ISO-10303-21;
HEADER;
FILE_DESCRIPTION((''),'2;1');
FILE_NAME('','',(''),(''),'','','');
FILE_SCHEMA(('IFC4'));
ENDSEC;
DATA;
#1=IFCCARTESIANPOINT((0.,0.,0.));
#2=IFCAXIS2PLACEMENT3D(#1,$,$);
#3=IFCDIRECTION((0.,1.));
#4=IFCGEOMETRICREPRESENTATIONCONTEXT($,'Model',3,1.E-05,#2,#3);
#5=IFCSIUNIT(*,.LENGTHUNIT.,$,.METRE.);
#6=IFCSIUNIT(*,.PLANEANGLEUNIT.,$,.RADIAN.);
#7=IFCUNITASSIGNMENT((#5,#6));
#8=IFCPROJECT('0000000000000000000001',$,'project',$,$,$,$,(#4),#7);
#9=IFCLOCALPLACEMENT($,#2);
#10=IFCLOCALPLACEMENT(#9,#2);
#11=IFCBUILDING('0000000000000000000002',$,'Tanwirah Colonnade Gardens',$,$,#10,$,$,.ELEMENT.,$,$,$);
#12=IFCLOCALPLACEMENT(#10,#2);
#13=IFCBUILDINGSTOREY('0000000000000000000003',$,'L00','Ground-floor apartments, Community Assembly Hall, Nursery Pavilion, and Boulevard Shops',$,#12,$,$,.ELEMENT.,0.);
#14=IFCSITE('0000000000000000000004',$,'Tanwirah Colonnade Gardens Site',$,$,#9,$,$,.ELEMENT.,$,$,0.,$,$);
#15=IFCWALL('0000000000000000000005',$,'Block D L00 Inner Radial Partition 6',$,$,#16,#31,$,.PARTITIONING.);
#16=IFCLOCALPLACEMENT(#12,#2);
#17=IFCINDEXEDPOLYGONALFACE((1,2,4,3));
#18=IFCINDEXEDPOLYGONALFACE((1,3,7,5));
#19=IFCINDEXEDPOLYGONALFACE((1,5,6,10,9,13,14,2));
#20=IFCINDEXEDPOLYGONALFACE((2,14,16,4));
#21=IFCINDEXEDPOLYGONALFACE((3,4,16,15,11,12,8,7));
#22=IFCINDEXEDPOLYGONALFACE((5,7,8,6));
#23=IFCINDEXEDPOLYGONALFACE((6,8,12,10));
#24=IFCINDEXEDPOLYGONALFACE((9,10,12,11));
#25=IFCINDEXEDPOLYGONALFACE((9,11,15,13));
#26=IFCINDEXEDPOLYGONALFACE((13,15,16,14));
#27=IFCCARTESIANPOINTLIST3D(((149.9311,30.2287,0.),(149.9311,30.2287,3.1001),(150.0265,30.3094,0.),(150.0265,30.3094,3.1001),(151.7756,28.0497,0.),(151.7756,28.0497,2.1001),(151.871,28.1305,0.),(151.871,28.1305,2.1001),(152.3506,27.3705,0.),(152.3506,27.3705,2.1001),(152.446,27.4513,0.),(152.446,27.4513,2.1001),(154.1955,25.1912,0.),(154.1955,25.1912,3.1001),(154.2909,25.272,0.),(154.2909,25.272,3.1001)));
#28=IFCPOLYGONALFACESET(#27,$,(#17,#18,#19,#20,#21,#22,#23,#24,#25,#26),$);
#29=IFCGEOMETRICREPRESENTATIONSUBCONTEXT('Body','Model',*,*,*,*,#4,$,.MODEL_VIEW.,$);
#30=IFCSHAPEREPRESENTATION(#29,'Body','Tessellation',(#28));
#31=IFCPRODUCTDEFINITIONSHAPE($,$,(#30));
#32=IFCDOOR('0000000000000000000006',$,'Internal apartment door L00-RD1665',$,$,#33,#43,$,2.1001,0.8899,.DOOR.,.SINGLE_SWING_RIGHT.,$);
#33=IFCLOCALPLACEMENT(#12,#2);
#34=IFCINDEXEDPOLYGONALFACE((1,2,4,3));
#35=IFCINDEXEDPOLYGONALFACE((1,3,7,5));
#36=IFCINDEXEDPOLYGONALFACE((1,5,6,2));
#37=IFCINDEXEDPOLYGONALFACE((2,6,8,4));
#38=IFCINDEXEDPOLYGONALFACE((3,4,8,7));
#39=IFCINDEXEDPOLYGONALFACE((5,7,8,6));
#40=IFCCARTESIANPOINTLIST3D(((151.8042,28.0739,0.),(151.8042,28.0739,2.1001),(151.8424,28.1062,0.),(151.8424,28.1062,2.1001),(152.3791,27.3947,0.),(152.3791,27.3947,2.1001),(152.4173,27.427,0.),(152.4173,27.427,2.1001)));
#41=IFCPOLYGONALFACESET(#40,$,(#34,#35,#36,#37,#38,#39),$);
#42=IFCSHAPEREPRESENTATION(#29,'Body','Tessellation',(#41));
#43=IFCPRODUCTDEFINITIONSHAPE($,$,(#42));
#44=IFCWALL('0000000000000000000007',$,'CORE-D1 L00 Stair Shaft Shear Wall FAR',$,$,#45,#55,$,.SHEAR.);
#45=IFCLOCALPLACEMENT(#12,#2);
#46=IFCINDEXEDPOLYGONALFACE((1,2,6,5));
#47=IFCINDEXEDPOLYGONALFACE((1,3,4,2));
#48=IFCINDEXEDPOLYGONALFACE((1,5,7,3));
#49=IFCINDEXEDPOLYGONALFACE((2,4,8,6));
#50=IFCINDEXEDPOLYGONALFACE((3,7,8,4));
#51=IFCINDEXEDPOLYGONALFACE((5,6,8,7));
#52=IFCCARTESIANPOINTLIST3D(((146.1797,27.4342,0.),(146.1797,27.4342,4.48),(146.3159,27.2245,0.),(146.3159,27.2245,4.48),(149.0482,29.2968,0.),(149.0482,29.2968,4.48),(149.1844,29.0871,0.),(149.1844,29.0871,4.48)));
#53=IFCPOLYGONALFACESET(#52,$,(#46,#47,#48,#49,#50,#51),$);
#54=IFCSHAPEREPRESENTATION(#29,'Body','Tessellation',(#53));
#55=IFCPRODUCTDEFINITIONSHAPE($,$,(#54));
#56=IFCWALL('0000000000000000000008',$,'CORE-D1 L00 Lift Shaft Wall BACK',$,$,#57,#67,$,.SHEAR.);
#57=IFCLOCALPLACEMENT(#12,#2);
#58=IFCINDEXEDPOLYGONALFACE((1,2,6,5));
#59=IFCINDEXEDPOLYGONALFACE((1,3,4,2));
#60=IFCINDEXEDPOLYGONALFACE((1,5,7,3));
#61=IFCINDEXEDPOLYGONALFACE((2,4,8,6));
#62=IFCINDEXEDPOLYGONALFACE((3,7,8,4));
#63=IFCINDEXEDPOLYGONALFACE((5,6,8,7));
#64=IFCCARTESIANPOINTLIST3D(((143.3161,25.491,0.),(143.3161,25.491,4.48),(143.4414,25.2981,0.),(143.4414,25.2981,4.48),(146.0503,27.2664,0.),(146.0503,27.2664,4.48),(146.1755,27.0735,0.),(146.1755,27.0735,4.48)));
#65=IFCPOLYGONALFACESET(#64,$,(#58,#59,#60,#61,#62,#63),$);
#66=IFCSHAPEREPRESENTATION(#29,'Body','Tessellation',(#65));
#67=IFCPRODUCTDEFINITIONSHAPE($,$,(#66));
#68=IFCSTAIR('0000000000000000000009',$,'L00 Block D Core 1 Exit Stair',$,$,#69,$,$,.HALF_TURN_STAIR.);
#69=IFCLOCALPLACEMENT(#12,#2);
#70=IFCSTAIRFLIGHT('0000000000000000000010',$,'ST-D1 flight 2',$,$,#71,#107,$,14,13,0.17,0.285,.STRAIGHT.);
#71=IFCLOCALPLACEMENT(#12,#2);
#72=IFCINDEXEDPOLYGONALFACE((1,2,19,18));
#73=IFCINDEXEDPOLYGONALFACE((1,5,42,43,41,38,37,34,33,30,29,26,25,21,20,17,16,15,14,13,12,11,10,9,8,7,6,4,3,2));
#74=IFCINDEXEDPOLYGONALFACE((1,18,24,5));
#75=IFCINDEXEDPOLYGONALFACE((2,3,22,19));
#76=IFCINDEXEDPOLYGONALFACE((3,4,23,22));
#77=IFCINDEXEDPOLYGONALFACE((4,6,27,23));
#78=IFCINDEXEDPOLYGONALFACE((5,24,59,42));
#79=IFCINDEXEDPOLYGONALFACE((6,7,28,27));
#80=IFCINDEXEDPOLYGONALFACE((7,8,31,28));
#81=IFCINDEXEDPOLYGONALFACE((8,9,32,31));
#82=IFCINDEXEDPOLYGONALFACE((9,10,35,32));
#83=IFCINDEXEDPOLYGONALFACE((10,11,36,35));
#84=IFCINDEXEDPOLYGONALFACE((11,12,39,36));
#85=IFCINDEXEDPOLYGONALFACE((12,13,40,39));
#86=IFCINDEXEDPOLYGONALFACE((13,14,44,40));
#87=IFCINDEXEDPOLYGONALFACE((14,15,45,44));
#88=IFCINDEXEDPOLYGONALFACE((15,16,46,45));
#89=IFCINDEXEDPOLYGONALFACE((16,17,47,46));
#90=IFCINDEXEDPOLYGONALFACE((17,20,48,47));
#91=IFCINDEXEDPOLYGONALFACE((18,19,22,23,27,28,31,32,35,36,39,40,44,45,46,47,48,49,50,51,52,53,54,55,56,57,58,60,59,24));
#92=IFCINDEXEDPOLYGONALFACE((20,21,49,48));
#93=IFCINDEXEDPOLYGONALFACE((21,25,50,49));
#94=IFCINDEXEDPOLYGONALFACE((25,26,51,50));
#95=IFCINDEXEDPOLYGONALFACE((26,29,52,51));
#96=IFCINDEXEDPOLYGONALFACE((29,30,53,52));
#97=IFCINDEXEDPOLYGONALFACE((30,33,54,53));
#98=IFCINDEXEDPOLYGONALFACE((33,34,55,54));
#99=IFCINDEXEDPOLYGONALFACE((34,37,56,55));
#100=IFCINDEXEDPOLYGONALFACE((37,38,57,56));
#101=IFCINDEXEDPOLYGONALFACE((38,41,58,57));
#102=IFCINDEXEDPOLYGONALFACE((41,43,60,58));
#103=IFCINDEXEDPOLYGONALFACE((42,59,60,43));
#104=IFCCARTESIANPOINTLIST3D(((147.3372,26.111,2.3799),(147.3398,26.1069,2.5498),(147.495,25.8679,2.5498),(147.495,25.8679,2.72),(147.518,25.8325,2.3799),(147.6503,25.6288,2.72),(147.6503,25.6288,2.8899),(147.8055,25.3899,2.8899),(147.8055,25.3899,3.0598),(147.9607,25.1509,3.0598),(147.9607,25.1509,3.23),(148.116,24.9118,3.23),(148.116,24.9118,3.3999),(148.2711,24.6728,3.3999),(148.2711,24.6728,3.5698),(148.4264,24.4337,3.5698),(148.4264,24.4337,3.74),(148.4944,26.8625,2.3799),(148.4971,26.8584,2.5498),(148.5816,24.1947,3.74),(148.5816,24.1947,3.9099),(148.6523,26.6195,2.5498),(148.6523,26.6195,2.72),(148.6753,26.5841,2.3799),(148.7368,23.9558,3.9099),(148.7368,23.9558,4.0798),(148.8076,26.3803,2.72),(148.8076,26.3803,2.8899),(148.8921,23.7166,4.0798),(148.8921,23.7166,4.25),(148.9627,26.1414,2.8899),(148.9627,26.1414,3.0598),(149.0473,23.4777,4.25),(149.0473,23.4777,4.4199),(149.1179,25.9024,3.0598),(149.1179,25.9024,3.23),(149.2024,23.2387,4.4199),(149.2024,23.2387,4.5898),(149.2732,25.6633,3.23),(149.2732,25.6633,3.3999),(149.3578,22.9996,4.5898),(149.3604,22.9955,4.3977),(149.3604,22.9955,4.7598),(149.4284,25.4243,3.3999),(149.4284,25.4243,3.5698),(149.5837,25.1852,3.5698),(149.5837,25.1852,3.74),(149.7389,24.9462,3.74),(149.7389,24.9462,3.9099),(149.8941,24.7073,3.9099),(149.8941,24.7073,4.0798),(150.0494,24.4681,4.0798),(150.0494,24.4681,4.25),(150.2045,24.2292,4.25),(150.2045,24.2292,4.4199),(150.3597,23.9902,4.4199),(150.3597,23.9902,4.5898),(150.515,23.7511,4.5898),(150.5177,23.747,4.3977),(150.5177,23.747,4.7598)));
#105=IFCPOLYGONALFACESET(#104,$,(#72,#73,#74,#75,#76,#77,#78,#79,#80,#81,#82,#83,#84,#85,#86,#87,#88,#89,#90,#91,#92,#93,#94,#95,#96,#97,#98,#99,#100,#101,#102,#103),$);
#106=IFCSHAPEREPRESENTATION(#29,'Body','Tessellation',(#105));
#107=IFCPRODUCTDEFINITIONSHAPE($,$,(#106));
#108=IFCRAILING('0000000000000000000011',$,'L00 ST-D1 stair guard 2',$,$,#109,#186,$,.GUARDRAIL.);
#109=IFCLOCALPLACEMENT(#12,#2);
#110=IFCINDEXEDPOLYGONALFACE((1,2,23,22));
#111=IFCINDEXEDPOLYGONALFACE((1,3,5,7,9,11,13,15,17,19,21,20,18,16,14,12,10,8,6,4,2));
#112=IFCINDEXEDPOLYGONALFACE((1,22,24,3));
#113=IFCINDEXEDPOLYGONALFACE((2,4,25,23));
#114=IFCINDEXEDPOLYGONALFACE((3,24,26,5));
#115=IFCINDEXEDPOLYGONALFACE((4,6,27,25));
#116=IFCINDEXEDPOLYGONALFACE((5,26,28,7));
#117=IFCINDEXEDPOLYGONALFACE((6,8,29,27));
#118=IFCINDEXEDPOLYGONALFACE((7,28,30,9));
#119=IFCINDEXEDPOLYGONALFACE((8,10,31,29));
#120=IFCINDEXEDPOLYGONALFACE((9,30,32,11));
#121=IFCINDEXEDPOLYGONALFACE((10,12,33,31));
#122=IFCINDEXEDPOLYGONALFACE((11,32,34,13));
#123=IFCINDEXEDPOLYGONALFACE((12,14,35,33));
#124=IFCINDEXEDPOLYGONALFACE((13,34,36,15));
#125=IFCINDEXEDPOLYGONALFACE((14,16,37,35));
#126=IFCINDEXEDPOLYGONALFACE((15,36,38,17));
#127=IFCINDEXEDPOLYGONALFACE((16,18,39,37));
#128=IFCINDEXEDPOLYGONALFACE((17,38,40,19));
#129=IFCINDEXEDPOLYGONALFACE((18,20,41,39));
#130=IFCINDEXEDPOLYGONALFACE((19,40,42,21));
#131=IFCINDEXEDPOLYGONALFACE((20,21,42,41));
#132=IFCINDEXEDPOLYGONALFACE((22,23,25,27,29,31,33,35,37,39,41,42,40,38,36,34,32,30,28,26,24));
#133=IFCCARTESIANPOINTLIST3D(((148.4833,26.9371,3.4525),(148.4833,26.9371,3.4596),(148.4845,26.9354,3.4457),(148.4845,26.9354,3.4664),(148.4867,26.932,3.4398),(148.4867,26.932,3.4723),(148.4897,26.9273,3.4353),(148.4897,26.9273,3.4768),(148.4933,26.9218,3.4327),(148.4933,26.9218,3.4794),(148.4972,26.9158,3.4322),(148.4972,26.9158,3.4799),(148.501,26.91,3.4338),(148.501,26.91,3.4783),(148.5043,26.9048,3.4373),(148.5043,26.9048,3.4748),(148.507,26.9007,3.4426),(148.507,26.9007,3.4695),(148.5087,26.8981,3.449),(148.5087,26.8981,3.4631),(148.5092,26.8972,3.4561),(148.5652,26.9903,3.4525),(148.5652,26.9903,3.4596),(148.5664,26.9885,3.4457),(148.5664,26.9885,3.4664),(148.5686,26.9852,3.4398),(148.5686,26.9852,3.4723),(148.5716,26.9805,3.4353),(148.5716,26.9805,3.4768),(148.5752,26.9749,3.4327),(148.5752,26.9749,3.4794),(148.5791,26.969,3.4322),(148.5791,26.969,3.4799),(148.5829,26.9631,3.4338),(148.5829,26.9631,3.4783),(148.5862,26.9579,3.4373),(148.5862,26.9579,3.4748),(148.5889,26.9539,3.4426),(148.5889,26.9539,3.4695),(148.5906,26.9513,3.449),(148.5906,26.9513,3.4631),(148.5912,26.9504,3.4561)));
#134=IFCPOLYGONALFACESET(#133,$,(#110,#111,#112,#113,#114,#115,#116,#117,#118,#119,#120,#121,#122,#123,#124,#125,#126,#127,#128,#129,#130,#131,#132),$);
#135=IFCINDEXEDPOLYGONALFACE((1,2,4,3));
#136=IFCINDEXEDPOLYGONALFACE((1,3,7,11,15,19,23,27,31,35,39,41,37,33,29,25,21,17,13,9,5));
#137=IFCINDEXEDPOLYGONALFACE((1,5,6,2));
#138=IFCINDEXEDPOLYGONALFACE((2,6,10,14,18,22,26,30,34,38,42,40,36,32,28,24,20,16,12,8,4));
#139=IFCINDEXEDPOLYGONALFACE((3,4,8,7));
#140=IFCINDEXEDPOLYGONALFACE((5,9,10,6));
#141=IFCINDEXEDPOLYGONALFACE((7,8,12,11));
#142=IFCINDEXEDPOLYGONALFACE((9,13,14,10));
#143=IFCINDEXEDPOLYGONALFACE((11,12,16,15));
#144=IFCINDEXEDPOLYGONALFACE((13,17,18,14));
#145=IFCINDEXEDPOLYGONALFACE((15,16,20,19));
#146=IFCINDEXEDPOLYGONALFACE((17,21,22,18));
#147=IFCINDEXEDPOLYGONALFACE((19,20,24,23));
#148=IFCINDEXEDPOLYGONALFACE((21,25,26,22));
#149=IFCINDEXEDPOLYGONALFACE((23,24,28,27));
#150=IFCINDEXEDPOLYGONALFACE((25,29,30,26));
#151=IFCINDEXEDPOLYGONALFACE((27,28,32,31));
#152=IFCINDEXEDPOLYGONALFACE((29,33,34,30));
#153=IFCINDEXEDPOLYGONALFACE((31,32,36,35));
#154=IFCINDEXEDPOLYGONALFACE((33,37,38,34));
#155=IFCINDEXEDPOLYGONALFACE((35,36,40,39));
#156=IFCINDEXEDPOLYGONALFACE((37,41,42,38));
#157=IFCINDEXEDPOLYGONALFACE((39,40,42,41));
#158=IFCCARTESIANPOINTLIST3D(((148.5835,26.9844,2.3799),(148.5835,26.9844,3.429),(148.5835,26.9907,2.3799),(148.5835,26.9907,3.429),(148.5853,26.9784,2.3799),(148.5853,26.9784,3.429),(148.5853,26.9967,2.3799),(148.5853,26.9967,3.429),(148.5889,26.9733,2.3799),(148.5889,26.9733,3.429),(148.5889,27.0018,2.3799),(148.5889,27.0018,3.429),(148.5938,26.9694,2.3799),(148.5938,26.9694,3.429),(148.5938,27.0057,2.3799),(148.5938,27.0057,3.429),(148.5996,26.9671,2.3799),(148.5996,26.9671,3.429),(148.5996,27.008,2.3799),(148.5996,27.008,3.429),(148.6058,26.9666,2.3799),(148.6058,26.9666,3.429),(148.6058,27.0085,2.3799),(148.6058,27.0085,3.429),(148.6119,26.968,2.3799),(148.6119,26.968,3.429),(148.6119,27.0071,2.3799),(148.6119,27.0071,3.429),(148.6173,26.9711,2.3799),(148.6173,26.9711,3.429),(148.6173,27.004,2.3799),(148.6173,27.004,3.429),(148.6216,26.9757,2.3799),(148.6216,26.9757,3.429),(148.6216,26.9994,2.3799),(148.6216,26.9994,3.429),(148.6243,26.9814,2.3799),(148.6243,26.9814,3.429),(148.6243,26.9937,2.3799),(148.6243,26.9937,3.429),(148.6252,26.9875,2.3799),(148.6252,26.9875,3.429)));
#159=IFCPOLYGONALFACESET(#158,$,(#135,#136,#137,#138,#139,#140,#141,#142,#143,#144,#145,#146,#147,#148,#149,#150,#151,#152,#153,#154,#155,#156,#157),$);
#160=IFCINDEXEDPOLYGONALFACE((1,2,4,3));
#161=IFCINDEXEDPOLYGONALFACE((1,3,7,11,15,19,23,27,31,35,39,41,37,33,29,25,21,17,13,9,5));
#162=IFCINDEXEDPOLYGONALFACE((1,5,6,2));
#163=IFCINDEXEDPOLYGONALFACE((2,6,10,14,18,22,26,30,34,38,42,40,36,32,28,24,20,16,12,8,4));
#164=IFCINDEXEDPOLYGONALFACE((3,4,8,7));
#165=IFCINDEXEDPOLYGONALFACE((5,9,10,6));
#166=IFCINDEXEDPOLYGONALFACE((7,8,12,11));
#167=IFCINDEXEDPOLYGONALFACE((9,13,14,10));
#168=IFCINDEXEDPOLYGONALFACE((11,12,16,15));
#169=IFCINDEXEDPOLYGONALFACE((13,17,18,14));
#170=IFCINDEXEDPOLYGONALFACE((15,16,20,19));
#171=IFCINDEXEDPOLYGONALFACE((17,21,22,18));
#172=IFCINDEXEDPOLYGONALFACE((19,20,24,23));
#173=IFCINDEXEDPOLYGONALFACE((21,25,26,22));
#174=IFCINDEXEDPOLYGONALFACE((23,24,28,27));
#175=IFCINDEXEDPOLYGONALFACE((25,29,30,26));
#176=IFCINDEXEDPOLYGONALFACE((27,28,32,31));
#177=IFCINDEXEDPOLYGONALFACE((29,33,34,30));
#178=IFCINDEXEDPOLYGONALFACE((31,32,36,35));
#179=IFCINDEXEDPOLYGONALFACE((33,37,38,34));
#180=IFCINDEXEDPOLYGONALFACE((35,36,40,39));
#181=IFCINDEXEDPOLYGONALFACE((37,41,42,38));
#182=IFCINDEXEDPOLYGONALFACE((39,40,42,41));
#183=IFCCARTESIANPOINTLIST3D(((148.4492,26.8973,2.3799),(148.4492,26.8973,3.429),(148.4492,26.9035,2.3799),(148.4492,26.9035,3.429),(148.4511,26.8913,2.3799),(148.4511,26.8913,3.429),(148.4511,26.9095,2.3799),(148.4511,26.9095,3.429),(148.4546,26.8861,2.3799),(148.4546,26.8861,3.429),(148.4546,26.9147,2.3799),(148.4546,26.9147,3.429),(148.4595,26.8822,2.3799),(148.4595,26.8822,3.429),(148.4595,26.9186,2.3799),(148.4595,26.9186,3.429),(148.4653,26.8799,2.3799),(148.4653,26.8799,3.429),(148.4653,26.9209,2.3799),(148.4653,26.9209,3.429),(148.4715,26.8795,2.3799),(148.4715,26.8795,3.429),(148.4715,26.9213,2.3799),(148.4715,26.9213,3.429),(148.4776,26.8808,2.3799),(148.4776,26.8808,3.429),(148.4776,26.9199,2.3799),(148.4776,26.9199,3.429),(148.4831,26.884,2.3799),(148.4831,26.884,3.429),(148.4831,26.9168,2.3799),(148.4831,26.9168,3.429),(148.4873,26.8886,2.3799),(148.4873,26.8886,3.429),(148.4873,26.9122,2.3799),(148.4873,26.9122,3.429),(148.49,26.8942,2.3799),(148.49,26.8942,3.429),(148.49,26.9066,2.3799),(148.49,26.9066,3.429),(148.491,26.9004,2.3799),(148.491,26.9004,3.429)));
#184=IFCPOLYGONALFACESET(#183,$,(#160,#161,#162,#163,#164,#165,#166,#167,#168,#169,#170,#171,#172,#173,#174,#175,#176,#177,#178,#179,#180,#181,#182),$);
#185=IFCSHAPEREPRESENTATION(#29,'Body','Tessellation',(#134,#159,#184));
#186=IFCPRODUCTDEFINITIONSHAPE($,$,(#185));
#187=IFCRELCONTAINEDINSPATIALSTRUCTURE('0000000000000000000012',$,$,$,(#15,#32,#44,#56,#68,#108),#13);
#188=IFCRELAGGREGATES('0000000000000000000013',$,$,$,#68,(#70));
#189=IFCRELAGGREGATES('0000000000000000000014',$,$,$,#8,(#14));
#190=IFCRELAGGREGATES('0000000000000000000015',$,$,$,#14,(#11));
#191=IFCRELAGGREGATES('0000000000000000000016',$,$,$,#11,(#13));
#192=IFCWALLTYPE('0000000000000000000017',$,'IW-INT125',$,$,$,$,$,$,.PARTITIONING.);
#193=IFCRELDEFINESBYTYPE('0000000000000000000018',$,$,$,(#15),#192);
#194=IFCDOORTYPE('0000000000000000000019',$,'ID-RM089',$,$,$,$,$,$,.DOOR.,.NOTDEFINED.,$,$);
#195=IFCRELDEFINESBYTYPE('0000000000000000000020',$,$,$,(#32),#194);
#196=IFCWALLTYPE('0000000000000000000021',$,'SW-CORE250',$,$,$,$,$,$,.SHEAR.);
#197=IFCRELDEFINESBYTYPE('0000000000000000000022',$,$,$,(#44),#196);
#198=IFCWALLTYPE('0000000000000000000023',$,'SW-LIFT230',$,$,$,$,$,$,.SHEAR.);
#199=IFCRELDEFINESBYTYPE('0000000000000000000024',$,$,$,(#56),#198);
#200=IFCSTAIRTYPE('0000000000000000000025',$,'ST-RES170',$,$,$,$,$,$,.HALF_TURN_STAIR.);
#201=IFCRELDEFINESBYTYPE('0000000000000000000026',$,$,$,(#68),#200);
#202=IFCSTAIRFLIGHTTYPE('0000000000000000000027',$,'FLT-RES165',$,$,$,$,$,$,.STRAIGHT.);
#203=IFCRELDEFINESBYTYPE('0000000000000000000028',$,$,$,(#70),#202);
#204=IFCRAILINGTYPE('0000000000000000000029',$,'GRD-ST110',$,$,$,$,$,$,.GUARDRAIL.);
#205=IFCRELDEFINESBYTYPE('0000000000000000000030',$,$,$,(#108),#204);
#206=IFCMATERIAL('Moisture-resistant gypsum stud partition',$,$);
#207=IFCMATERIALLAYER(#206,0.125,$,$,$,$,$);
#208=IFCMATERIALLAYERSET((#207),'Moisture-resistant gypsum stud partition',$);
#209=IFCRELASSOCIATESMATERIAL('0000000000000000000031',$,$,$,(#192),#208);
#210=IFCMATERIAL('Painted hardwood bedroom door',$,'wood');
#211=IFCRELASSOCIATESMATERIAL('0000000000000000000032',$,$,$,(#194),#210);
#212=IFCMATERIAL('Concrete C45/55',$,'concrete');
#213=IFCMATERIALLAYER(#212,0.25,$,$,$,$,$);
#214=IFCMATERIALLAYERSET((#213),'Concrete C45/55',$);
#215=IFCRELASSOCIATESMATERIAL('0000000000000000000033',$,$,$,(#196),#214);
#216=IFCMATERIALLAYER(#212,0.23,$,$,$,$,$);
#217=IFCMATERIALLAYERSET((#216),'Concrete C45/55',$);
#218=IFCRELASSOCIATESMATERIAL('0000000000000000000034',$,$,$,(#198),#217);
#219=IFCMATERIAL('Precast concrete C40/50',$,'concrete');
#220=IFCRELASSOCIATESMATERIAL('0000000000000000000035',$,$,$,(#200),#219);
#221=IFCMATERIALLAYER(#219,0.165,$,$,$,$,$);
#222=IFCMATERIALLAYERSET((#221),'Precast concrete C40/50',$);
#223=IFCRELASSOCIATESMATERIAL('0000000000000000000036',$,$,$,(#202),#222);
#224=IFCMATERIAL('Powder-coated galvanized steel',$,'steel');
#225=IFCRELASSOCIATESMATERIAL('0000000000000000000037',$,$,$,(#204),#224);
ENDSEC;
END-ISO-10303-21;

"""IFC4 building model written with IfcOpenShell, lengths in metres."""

from ifc_helpers import new_model, si_unit, direction, frame, frame_2d, origin, origin_2d, place, context, subcontext, project, spatial, polyline, rectangle, circle, outline, extrude, material, layer, layer_set, type_object, element, fill, aggregate, save


model = new_model("IFC4")

# Units and contexts
model_context = context("Model", 3, precision=1e-05, world=origin(), true_north=direction((0.0, 1.0)))
body_context = subcontext(model_context, "Body", "Model", "MODEL_VIEW")
ifc_project = project(units=[si_unit("LENGTHUNIT", "METRE"), si_unit("PLANEANGLEUNIT", "RADIAN")], contexts=[model_context])

# Site, building, storey
site_placement = place(None, origin())
site = spatial("IfcSite", under=ifc_project, at=site_placement, Name="Tanwirah Colonnade Gardens Site", CompositionType="ELEMENT", RefElevation=0.0)
building_placement = place(site_placement, origin())
building = spatial("IfcBuilding", under=site, at=building_placement, Name="Tanwirah Colonnade Gardens", CompositionType="ELEMENT")
storey_placement = place(building_placement, origin())
storey = spatial("IfcBuildingStorey", under=building, at=storey_placement, Name="L00", Description="Ground-floor apartments, Community Assembly Hall, Nursery Pavilion, and Boulevard Shops", CompositionType="ELEMENT", Elevation=0.0)

# Shared definitions
ifc_material_1 = material(Name="Precast concrete C40/50", Category="concrete")

# Wall, opening, door
ifc_material_2 = material(Name="Moisture-resistant gypsum stud partition")
ifc_layer_1 = layer(ifc_material_2, 0.125)
ifc_layer_set_1 = layer_set([ifc_layer_1], Name="Moisture-resistant gypsum stud partition")
wall_type_1 = type_object("IfcWallType", Name="IW-INT125", PredefinedType="PARTITIONING", material=ifc_layer_set_1)
wall_1_placement = place(storey_placement, frame((149.9788, 30.269, 0.0), z_axis=(0.0, 0.0, 1.0), x_axis=(0.646121, -0.763235, 0.0)))
wall_1 = element("IfcWall", 1, at=wall_1_placement, inside=storey, type_object=wall_type_1, Name="Block D L00 Inner Radial Partition 6", PredefinedType="PARTITIONING", context=body_context, shape_type="SweptSolid", body=[
    extrude(rectangle(XDim=6.6001, YDim=0.125, at=frame_2d((3.3, 0.0))), origin(), (0.0, 0.0, 1.0), 3.1001),
])
opening_placement = place(wall_1_placement, frame((2.855, 0.0, 0.0)))
opening = element("IfcOpeningElement", 2, at=opening_placement, cuts=wall_1, PredefinedType="OPENING", context=body_context, shape_type="SweptSolid", body=[
    extrude(rectangle(XDim=0.8899, YDim=2.1001, at=frame_2d((0.4448, 1.05))), frame((0.0, 0.0725, 0.0), z_axis=(0.0, -1.0, 0.0), x_axis=(1.0, 0.0, 0.0)), (0.0, 0.0, 1.0), 0.145),
])
ifc_material_3 = material(Name="Painted hardwood bedroom door", Category="wood")
door_type = type_object("IfcDoorType", Name="ID-RM089", OperationType="NOTDEFINED", PredefinedType="DOOR", material=ifc_material_3)
door_placement = place(opening_placement, origin())
door = element("IfcDoor", 3, at=door_placement, inside=storey, type_object=door_type, Name="Internal apartment door L00-RD1665", OperationType="SINGLE_SWING_RIGHT", OverallHeight=2.1001, OverallWidth=0.8899, PredefinedType="DOOR", context=body_context, shape_type="SweptSolid", body=[
    extrude(rectangle(XDim=0.8899, YDim=2.1001, at=frame_2d((0.4448, 1.05))), frame((0.0, 0.0249, 0.0), z_axis=(0.0, -1.0, 0.0), x_axis=(1.0, 0.0, 0.0)), (0.0, 0.0, 1.0), 0.05),
])
fill(opening, door)

# Walls
ifc_material_4 = material(Name="Concrete C45/55", Category="concrete")
ifc_layer_2 = layer(ifc_material_4, 0.25)
ifc_layer_set_2 = layer_set([ifc_layer_2], Name="Concrete C45/55")
wall_type_2 = type_object("IfcWallType", Name="SW-CORE250", PredefinedType="SHEAR", material=ifc_layer_set_2)
wall_2_placement = place(storey_placement, frame((149.1162, 29.1919, 0.0), z_axis=(0.0, 0.0, 1.0), x_axis=(-0.8387, -0.544594, 0.0)))
element("IfcWall", 4, at=wall_2_placement, inside=storey, type_object=wall_type_2, Name="CORE-D1 L00 Stair Shaft Shear Wall FAR", PredefinedType="SHEAR", context=body_context, shape_type="SweptSolid", body=[
    extrude(rectangle(XDim=3.4202, YDim=0.25, at=frame_2d((1.71, 0.0))), origin(), (0.0, 0.0, 1.0), 4.48),
])
ifc_layer_3 = layer(ifc_material_4, 0.23)
ifc_layer_set_3 = layer_set([ifc_layer_3], Name="Concrete C45/55")
wall_type_3 = type_object("IfcWallType", Name="SW-LIFT230", PredefinedType="SHEAR", material=ifc_layer_set_3)
wall_3_placement = place(storey_placement, frame((146.1128, 27.1699, 0.0), z_axis=(0.0, 0.0, 1.0), x_axis=(-0.838695, -0.544601, 0.0)))
element("IfcWall", 5, at=wall_3_placement, inside=storey, type_object=wall_type_3, Name="CORE-D1 L00 Lift Shaft Wall BACK", PredefinedType="SHEAR", context=body_context, shape_type="SweptSolid", body=[
    extrude(rectangle(XDim=3.26, YDim=0.23, at=frame_2d((1.6299, 0.0))), origin(), (0.0, 0.0, 1.0), 4.48),
])

# Stair, stair flight
stair_type = type_object("IfcStairType", Name="ST-RES170", PredefinedType="HALF_TURN_STAIR", material=ifc_material_1)
stair_placement = place(storey_placement, origin())
stair = element("IfcStair", 6, at=stair_placement, inside=storey, type_object=stair_type, Name="L00 Block D Core 1 Exit Stair", PredefinedType="HALF_TURN_STAIR")
ifc_layer_4 = layer(ifc_material_1, 0.165)
ifc_layer_set_4 = layer_set([ifc_layer_4], Name="Precast concrete C40/50")
stair_flight_type = type_object("IfcStairFlightType", Name="FLT-RES165", PredefinedType="STRAIGHT", material=ifc_layer_set_4)
stair_flight_placement = place(storey_placement, frame((147.9185, 26.4827, 2.3799), z_axis=(0.0, 0.0, 1.0), x_axis=(0.544639, -0.838671, 0.0)))
stair_flight = element("IfcStairFlight", 7, at=stair_flight_placement, type_object=stair_flight_type, Name="ST-D1 flight 2", NumberOfRisers=14, NumberOfTreads=13, PredefinedType="STRAIGHT", RiserHeight=0.17, TreadLength=0.285, context=body_context, shape_type="SweptSolid", body=[
    extrude(outline(polyline([(-0.0049, 0.0), (0.0, 0.1699), (0.2849, 0.1699), (0.2849, 0.3401), (0.5701, 0.3401), (0.5701, 0.51), (0.855, 0.51), (0.855, 0.6799), (1.1399, 0.6799), (1.1399, 0.8501), (1.425, 0.8501), (1.425, 1.02), (1.71, 1.02), (1.71, 1.1899), (1.9951, 1.1899), (1.9951, 1.3601), (2.28, 1.3601), (2.28, 1.53), (2.5649, 1.53), (2.5649, 1.7), (2.8501, 1.7), (2.8501, 1.8701), (3.135, 1.8701), (3.135, 2.04), (3.4199, 2.04), (3.4199, 2.21), (3.7051, 2.21), (3.71, 2.3799), (3.71, 2.0178), (0.3271, 0.0), (-0.0049, 0.0)])), frame((0.0, 0.6899, 0.0), z_axis=(0.0, -1.0, 0.0), x_axis=(1.0, 0.0, 0.0)), (0.0, 0.0, 1.0), 1.3799),
])
aggregate(stair, [stair_flight])

# Railing
ifc_material_5 = material(Name="Powder-coated galvanized steel", Category="steel")
railing_type_1 = type_object("IfcRailingType", Name="GRD-ST110", PredefinedType="GUARDRAIL", material=ifc_material_5)
railing_1_placement = place(storey_placement, frame((148.6042, 26.9875, 2.3799)))
element("IfcRailing", 8, at=railing_1_placement, inside=storey, type_object=railing_type_1, Name="L00 ST-D1 stair guard 2", PredefinedType="GUARDRAIL", context=body_context, shape_type="SweptSolid", body=[
    extrude(circle(Radius=0.0239, at=origin_2d()), frame((-0.0261, -0.0171, 1.0762), z_axis=(-0.838792, -0.544452, 0.0), x_axis=(0.544452, -0.838792, 0.0)), (0.0, 0.0, 1.0), 0.0977),
    extrude(circle(Radius=0.021, at=origin_2d()), origin(), (0.0, 0.0, 1.0), 1.0491),
    extrude(circle(Radius=0.021, at=origin_2d()), frame((-0.1343, -0.0872, 0.0)), (0.0, 0.0, 1.0), 1.0491),
])

save(model, "model.ifc")
